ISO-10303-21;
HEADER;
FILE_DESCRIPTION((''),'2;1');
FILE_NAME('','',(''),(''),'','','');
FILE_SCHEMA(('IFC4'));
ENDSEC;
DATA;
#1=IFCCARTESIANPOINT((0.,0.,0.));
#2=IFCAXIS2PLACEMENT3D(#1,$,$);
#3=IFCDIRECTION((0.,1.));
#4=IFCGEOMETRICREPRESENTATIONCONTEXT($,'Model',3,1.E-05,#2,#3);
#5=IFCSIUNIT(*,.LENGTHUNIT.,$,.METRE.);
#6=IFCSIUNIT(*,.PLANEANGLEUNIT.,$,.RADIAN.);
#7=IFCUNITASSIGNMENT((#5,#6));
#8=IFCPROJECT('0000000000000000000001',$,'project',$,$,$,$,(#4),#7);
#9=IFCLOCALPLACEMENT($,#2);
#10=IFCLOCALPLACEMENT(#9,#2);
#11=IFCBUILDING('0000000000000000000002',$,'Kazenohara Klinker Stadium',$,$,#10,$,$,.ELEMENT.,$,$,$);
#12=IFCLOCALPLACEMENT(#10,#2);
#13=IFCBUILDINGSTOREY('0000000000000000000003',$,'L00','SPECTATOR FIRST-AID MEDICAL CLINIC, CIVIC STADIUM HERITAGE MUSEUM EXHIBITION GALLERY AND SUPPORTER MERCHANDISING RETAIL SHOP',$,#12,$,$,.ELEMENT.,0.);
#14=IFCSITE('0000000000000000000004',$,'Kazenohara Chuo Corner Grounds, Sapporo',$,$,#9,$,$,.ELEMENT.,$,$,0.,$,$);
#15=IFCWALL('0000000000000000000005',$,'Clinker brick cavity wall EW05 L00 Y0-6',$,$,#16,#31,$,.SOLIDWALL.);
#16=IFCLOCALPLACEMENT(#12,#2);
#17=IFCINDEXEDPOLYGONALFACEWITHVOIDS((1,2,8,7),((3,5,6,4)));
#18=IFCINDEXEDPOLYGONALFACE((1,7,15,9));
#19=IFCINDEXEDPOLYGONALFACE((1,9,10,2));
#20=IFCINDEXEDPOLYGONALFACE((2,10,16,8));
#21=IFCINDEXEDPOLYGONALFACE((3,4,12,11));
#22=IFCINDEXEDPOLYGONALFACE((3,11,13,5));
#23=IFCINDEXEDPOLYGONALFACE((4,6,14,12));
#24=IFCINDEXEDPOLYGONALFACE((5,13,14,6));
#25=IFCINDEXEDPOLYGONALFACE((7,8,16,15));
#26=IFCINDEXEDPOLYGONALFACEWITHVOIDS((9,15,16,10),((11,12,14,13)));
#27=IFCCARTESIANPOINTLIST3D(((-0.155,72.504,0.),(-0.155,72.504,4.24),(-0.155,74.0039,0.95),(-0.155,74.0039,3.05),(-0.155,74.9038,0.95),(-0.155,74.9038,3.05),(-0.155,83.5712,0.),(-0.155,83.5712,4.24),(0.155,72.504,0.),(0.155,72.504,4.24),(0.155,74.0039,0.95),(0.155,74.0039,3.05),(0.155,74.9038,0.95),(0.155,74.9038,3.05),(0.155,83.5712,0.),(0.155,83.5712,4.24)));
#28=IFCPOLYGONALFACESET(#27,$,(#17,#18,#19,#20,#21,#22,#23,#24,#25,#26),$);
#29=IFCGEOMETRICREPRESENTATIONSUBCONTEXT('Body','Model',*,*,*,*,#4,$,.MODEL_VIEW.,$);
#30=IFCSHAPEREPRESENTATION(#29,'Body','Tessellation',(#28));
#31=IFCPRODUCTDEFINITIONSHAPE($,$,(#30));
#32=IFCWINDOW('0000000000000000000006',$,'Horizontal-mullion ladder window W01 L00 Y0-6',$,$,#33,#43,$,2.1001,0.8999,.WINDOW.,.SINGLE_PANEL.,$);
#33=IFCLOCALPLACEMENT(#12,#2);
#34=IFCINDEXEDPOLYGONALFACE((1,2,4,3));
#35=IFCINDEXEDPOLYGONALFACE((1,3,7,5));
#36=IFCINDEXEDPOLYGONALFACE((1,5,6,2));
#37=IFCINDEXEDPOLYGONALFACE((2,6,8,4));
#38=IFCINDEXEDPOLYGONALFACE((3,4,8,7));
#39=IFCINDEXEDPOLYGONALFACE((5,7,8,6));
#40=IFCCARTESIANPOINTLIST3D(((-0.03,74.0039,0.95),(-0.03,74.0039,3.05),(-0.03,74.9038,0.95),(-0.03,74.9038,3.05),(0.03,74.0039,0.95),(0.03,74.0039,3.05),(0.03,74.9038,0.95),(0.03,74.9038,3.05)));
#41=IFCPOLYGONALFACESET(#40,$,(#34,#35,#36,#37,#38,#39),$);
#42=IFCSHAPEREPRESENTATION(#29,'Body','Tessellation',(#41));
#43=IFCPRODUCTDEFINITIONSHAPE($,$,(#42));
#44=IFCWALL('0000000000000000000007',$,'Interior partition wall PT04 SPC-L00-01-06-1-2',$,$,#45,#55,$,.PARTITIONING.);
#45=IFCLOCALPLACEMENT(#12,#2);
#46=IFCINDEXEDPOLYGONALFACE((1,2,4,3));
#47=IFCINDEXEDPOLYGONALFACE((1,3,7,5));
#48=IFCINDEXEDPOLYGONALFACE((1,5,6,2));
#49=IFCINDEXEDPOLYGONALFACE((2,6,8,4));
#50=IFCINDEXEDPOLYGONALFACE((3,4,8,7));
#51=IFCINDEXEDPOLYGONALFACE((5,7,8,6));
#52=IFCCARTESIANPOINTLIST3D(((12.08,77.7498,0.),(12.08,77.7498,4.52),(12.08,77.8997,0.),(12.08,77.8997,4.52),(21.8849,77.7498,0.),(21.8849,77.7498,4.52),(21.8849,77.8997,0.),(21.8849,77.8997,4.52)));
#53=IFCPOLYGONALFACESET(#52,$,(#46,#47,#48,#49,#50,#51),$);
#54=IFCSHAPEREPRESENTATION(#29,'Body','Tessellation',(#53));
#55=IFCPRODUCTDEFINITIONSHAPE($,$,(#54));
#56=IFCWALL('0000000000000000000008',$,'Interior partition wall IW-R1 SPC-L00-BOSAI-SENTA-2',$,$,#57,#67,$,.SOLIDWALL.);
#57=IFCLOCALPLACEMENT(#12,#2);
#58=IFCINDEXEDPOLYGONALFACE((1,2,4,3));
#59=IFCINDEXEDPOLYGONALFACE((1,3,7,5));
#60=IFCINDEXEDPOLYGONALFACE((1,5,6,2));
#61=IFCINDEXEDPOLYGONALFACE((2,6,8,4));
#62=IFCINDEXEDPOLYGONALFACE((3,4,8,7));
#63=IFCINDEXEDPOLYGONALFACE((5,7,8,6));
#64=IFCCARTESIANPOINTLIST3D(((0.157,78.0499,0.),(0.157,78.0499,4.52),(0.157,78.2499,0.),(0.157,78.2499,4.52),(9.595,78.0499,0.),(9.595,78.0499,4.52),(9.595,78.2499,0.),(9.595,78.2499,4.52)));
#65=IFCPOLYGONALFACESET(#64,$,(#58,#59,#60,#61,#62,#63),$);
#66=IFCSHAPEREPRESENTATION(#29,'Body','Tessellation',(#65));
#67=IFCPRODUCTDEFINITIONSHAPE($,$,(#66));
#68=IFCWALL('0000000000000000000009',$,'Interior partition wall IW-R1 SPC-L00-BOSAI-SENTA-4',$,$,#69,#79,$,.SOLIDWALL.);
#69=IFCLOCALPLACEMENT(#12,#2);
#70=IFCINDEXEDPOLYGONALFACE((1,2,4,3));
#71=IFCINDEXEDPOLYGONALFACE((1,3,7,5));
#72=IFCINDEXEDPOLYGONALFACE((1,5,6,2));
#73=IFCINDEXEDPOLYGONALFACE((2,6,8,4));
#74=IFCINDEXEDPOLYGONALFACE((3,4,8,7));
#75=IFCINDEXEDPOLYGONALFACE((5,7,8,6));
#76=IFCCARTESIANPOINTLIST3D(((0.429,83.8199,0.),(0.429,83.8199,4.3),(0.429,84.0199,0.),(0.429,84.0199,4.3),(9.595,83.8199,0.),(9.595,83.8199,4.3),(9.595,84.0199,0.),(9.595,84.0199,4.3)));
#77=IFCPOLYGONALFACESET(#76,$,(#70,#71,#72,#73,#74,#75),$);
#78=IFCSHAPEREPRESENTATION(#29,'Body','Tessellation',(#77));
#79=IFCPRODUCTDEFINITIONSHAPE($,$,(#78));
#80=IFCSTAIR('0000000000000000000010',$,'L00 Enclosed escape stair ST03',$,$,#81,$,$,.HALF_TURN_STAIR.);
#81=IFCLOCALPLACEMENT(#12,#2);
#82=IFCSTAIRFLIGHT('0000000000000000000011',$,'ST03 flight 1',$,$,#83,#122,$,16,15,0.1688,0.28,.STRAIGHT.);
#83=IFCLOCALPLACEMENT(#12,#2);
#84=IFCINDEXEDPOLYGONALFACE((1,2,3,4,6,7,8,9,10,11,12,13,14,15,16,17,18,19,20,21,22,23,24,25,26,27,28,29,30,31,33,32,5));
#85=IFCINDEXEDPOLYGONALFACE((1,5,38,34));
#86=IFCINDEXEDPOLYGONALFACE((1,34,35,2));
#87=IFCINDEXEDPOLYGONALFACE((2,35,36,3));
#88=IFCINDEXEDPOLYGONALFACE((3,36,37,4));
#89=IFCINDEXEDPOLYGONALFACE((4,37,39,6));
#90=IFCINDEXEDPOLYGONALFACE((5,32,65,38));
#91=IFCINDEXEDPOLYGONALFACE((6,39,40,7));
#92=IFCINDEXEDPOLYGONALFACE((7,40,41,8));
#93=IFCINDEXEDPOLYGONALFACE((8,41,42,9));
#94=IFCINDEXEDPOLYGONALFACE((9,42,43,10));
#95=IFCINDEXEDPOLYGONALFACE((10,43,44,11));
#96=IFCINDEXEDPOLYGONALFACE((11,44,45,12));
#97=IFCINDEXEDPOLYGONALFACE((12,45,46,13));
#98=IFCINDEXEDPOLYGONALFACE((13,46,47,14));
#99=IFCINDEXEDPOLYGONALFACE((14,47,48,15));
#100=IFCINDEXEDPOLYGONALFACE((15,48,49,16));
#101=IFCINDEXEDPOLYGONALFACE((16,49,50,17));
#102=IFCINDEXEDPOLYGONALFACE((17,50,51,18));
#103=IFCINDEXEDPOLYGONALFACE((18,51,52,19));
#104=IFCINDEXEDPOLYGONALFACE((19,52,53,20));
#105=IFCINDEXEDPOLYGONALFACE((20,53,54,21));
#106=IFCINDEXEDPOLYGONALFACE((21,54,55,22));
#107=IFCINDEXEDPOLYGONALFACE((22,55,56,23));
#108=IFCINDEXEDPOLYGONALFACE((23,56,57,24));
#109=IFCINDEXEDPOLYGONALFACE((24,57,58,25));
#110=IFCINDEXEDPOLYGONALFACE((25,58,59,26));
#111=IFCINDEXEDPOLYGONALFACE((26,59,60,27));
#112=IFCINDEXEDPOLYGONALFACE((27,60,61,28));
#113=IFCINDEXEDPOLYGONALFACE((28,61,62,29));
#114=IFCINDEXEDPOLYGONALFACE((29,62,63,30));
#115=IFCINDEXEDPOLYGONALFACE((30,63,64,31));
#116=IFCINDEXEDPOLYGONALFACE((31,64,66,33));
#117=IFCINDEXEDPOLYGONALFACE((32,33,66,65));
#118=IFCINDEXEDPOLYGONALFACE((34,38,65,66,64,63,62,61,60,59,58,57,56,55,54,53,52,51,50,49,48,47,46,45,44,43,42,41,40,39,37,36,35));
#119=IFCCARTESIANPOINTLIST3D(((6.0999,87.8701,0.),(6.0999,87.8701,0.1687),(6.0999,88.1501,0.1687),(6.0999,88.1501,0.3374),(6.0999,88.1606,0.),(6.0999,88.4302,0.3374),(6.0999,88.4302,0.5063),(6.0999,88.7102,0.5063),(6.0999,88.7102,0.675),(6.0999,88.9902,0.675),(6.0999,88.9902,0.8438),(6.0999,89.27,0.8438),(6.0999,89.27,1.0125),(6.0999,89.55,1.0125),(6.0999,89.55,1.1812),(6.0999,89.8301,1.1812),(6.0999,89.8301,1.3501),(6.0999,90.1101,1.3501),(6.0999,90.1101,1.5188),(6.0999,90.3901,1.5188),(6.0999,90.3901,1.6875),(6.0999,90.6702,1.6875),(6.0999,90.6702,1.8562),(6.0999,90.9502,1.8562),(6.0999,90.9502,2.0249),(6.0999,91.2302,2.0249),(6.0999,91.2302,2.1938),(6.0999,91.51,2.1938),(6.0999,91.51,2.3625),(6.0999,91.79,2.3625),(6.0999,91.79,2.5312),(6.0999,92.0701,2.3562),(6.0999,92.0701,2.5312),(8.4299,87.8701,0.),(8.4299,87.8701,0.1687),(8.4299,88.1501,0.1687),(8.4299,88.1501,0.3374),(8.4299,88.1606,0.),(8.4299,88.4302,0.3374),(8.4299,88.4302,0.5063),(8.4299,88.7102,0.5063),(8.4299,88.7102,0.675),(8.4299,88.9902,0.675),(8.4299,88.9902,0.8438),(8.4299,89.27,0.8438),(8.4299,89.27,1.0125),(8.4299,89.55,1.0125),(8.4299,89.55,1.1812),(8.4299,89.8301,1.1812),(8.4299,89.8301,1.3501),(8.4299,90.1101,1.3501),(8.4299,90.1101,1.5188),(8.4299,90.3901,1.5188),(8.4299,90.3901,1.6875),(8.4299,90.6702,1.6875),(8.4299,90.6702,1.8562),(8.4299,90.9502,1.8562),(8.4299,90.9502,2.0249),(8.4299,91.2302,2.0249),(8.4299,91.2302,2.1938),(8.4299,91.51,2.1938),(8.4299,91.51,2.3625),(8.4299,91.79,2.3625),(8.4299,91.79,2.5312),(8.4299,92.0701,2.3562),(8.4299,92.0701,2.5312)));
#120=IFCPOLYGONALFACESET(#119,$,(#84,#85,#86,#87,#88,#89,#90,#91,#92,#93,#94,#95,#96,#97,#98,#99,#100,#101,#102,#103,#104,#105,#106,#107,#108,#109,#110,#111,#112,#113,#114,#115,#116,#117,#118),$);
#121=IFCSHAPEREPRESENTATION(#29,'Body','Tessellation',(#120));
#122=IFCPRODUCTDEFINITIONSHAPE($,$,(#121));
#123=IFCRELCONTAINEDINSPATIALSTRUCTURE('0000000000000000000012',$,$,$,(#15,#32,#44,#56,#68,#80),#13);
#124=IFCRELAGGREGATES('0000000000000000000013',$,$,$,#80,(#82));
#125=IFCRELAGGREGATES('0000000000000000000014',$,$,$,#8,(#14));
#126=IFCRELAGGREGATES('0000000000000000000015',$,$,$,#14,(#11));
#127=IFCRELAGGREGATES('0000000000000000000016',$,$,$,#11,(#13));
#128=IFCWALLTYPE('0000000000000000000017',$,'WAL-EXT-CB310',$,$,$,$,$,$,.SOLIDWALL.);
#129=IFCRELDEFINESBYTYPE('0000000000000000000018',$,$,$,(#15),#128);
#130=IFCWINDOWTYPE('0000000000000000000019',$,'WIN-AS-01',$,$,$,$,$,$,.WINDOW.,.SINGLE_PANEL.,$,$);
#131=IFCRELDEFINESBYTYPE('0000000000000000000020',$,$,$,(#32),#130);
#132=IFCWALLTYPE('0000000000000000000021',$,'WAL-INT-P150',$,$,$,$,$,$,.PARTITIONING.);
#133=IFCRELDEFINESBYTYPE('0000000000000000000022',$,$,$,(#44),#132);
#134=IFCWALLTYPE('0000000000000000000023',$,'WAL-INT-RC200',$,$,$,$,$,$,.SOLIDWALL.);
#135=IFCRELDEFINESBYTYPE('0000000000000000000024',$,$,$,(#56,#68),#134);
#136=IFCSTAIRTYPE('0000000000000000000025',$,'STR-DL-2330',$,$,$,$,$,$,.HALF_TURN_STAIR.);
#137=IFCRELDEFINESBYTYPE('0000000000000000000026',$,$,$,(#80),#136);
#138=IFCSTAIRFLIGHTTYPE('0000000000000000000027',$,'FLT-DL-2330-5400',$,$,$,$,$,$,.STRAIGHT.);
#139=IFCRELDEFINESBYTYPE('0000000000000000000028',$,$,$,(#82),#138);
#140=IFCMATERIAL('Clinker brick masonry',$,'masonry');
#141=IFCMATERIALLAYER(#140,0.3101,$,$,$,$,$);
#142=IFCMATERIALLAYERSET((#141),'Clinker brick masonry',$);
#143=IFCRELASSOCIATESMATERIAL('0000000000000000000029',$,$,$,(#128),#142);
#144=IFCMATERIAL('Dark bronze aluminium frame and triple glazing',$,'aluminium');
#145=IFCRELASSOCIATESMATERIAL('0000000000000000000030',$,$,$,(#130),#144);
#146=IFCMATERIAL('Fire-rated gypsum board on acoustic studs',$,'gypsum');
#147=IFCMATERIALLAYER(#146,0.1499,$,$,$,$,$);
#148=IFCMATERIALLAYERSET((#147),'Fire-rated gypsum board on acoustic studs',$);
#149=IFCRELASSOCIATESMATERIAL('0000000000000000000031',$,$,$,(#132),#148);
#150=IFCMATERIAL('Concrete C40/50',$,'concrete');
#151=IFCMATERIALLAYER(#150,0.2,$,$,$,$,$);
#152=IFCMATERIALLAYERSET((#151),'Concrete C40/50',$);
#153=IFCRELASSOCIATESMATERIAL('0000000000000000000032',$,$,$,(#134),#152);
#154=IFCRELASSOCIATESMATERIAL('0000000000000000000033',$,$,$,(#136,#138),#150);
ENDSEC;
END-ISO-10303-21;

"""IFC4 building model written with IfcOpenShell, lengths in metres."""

from ifc_helpers import new_model, si_unit, direction, frame, frame_2d, origin, place, context, subcontext, project, spatial, polyline, rectangle, outline, extrude, material, layer, layer_set, type_object, element, fill, aggregate, save


model = new_model("IFC4")

# Units and contexts
model_context = context("Model", 3, precision=1e-05, world=origin(), true_north=direction((0.0, 1.0)))
body_context = subcontext(model_context, "Body", "Model", "MODEL_VIEW")
ifc_project = project(units=[si_unit("LENGTHUNIT", "METRE"), si_unit("PLANEANGLEUNIT", "RADIAN")], contexts=[model_context])

# Site, building, storey
site_placement = place(None, origin())
site = spatial("IfcSite", under=ifc_project, at=site_placement, Name="Kazenohara Chuo Corner Grounds, Sapporo", CompositionType="ELEMENT", RefElevation=0.0)
building_placement = place(site_placement, origin())
building = spatial("IfcBuilding", under=site, at=building_placement, Name="Kazenohara Klinker Stadium", CompositionType="ELEMENT")
storey_placement = place(building_placement, origin())
storey = spatial("IfcBuildingStorey", under=building, at=storey_placement, Name="L00", Description="SPECTATOR FIRST-AID MEDICAL CLINIC, CIVIC STADIUM HERITAGE MUSEUM EXHIBITION GALLERY AND SUPPORTER MERCHANDISING RETAIL SHOP", CompositionType="ELEMENT", Elevation=0.0)

# Shared definitions
ifc_material_1 = material(Name="Concrete C40/50", Category="concrete")

# Shared definitions
ifc_material_2 = material(Name="Clinker brick masonry", Category="masonry")

# Wall, opening, window
ifc_layer_1 = layer(ifc_material_2, 0.3101)
ifc_layer_set_1 = layer_set([ifc_layer_1], Name="Clinker brick masonry")
wall_type_1 = type_object("IfcWallType", Name="WAL-EXT-CB310", PredefinedType="SOLIDWALL", material=ifc_layer_set_1)
wall_1_placement = place(storey_placement, frame((0.0, 72.5039, 0.0), z_axis=(0.0, 0.0, 1.0), x_axis=(0.0, 1.0, 0.0)))
wall_1 = element("IfcWall", 1, at=wall_1_placement, inside=storey, type_object=wall_type_1, Name="Clinker brick cavity wall EW05 L00 Y0-6", PredefinedType="SOLIDWALL", context=body_context, shape_type="SweptSolid", body=[
    extrude(rectangle(XDim=11.0671, YDim=0.3101, at=frame_2d((5.5337, 0.0))), origin(), (0.0, 0.0, 1.0), 4.24),
])
opening_1_placement = place(wall_1_placement, frame((1.5, 0.0, 0.95)))
opening_1 = element("IfcOpeningElement", 2, at=opening_1_placement, cuts=wall_1, PredefinedType="OPENING", context=body_context, shape_type="SweptSolid", body=[
    extrude(rectangle(XDim=0.8999, YDim=2.1001, at=frame_2d((0.45, 1.05))), frame((0.0, 0.165, 0.0), z_axis=(0.0, -1.0, 0.0), x_axis=(1.0, 0.0, 0.0)), (0.0, 0.0, 1.0), 0.3301),
])
ifc_material_3 = material(Name="Dark bronze aluminium frame and triple glazing", Category="aluminium")
window_type = type_object("IfcWindowType", Name="WIN-AS-01", PartitioningType="SINGLE_PANEL", PredefinedType="WINDOW", material=ifc_material_3)
window_placement = place(opening_1_placement, origin())
window = element("IfcWindow", 3, at=window_placement, inside=storey, type_object=window_type, Name="Horizontal-mullion ladder window W01 L00 Y0-6", OverallHeight=2.1001, OverallWidth=0.8999, PartitioningType="SINGLE_PANEL", PredefinedType="WINDOW", context=body_context, shape_type="SweptSolid", body=[
    extrude(rectangle(XDim=0.8999, YDim=2.1001, at=frame_2d((0.45, 1.05))), frame((0.0, 0.03, 0.0), z_axis=(0.0, -1.0, 0.0), x_axis=(1.0, 0.0, 0.0)), (0.0, 0.0, 1.0), 0.0601),
])
fill(opening_1, window)

# Walls
ifc_material_4 = material(Name="Fire-rated gypsum board on acoustic studs", Category="gypsum")
ifc_layer_2 = layer(ifc_material_4, 0.1499)
ifc_layer_set_2 = layer_set([ifc_layer_2], Name="Fire-rated gypsum board on acoustic studs")
wall_type_2 = type_object("IfcWallType", Name="WAL-INT-P150", PredefinedType="PARTITIONING", material=ifc_layer_set_2)
wall_2_placement = place(storey_placement, frame((12.0801, 77.8247, 0.0), z_axis=(0.0, 0.0, 1.0), x_axis=(1.0, 0.0, 0.0)))
element("IfcWall", 4, at=wall_2_placement, inside=storey, type_object=wall_type_2, Name="Interior partition wall PT04 SPC-L00-01-06-1-2", PredefinedType="PARTITIONING", context=body_context, shape_type="SweptSolid", body=[
    extrude(rectangle(XDim=9.8049, YDim=0.1499, at=frame_2d((4.9023, 0.0))), origin(), (0.0, 0.0, 1.0), 4.52),
])
ifc_layer_3 = layer(ifc_material_1, 0.2)
ifc_layer_set_3 = layer_set([ifc_layer_3], Name="Concrete C40/50")
wall_type_3 = type_object("IfcWallType", Name="WAL-INT-RC200", PredefinedType="SOLIDWALL", material=ifc_layer_set_3)
wall_3_placement = place(storey_placement, frame((0.157, 78.1499, 0.0), z_axis=(0.0, 0.0, 1.0), x_axis=(1.0, 0.0, 0.0)))
element("IfcWall", 5, at=wall_3_placement, inside=storey, type_object=wall_type_3, Name="Interior partition wall IW-R1 SPC-L00-BOSAI-SENTA-2", PredefinedType="SOLIDWALL", context=body_context, shape_type="SweptSolid", body=[
    extrude(rectangle(XDim=9.438, YDim=0.2, at=frame_2d((4.719, 0.0))), origin(), (0.0, 0.0, 1.0), 4.52),
])
wall_4_placement = place(storey_placement, frame((0.429, 83.9199, 0.0), z_axis=(0.0, 0.0, 1.0), x_axis=(1.0, 0.0, 0.0)))
element("IfcWall", 6, at=wall_4_placement, inside=storey, type_object=wall_type_3, Name="Interior partition wall IW-R1 SPC-L00-BOSAI-SENTA-4", PredefinedType="SOLIDWALL", context=body_context, shape_type="SweptSolid", body=[
    extrude(rectangle(XDim=9.166, YDim=0.2, at=frame_2d((4.583, 0.0))), origin(), (0.0, 0.0, 1.0), 4.3),
])

# Stair, stair flight
stair_type = type_object("IfcStairType", Name="STR-DL-2330", PredefinedType="HALF_TURN_STAIR", material=ifc_material_1)
stair_placement = place(storey_placement, origin())
stair = element("IfcStair", 7, at=stair_placement, inside=storey, type_object=stair_type, Name="L00 Enclosed escape stair ST03", PredefinedType="HALF_TURN_STAIR")
stair_flight_type = type_object("IfcStairFlightType", Name="FLT-DL-2330-5400", PredefinedType="STRAIGHT", material=ifc_material_1)
stair_flight_placement = place(storey_placement, frame((7.2649, 87.8701, 0.0), z_axis=(0.0, 0.0, 1.0), x_axis=(0.0, 1.0, 0.0)))
stair_flight = element("IfcStairFlight", 8, at=stair_flight_placement, type_object=stair_flight_type, Name="ST03 flight 1", NumberOfRisers=16, NumberOfTreads=15, PredefinedType="STRAIGHT", RiserHeight=0.1688, TreadLength=0.28, context=body_context, shape_type="SweptSolid", body=[
    extrude(outline(polyline([(0.0, 0.0), (0.0, 0.1687), (0.28, 0.1687), (0.28, 0.3374), (0.5601, 0.3374), (0.5601, 0.5063), (0.8401, 0.5063), (0.8401, 0.675), (1.1201, 0.675), (1.1201, 0.8438), (1.3999, 0.8438), (1.3999, 1.0125), (1.6799, 1.0125), (1.6799, 1.1812), (1.96, 1.1812), (1.96, 1.3501), (2.24, 1.3501), (2.24, 1.5188), (2.52, 1.5188), (2.52, 1.6875), (2.8, 1.6875), (2.8, 1.8562), (3.0801, 1.8562), (3.0801, 2.0249), (3.3601, 2.0249), (3.3601, 2.1938), (3.6399, 2.1938), (3.6399, 2.3625), (3.9199, 2.3625), (3.9199, 2.5312), (4.2, 2.5312), (4.2, 2.7), (4.2, 2.3562), (0.2905, 0.0), (0.0, 0.0)])), frame((0.0, 1.165, 0.0), z_axis=(0.0, -1.0, 0.0), x_axis=(1.0, 0.0, 0.0)), (0.0, 0.0, 1.0), 2.3301),
])
aggregate(stair, [stair_flight])

save(model, "model.ifc")
